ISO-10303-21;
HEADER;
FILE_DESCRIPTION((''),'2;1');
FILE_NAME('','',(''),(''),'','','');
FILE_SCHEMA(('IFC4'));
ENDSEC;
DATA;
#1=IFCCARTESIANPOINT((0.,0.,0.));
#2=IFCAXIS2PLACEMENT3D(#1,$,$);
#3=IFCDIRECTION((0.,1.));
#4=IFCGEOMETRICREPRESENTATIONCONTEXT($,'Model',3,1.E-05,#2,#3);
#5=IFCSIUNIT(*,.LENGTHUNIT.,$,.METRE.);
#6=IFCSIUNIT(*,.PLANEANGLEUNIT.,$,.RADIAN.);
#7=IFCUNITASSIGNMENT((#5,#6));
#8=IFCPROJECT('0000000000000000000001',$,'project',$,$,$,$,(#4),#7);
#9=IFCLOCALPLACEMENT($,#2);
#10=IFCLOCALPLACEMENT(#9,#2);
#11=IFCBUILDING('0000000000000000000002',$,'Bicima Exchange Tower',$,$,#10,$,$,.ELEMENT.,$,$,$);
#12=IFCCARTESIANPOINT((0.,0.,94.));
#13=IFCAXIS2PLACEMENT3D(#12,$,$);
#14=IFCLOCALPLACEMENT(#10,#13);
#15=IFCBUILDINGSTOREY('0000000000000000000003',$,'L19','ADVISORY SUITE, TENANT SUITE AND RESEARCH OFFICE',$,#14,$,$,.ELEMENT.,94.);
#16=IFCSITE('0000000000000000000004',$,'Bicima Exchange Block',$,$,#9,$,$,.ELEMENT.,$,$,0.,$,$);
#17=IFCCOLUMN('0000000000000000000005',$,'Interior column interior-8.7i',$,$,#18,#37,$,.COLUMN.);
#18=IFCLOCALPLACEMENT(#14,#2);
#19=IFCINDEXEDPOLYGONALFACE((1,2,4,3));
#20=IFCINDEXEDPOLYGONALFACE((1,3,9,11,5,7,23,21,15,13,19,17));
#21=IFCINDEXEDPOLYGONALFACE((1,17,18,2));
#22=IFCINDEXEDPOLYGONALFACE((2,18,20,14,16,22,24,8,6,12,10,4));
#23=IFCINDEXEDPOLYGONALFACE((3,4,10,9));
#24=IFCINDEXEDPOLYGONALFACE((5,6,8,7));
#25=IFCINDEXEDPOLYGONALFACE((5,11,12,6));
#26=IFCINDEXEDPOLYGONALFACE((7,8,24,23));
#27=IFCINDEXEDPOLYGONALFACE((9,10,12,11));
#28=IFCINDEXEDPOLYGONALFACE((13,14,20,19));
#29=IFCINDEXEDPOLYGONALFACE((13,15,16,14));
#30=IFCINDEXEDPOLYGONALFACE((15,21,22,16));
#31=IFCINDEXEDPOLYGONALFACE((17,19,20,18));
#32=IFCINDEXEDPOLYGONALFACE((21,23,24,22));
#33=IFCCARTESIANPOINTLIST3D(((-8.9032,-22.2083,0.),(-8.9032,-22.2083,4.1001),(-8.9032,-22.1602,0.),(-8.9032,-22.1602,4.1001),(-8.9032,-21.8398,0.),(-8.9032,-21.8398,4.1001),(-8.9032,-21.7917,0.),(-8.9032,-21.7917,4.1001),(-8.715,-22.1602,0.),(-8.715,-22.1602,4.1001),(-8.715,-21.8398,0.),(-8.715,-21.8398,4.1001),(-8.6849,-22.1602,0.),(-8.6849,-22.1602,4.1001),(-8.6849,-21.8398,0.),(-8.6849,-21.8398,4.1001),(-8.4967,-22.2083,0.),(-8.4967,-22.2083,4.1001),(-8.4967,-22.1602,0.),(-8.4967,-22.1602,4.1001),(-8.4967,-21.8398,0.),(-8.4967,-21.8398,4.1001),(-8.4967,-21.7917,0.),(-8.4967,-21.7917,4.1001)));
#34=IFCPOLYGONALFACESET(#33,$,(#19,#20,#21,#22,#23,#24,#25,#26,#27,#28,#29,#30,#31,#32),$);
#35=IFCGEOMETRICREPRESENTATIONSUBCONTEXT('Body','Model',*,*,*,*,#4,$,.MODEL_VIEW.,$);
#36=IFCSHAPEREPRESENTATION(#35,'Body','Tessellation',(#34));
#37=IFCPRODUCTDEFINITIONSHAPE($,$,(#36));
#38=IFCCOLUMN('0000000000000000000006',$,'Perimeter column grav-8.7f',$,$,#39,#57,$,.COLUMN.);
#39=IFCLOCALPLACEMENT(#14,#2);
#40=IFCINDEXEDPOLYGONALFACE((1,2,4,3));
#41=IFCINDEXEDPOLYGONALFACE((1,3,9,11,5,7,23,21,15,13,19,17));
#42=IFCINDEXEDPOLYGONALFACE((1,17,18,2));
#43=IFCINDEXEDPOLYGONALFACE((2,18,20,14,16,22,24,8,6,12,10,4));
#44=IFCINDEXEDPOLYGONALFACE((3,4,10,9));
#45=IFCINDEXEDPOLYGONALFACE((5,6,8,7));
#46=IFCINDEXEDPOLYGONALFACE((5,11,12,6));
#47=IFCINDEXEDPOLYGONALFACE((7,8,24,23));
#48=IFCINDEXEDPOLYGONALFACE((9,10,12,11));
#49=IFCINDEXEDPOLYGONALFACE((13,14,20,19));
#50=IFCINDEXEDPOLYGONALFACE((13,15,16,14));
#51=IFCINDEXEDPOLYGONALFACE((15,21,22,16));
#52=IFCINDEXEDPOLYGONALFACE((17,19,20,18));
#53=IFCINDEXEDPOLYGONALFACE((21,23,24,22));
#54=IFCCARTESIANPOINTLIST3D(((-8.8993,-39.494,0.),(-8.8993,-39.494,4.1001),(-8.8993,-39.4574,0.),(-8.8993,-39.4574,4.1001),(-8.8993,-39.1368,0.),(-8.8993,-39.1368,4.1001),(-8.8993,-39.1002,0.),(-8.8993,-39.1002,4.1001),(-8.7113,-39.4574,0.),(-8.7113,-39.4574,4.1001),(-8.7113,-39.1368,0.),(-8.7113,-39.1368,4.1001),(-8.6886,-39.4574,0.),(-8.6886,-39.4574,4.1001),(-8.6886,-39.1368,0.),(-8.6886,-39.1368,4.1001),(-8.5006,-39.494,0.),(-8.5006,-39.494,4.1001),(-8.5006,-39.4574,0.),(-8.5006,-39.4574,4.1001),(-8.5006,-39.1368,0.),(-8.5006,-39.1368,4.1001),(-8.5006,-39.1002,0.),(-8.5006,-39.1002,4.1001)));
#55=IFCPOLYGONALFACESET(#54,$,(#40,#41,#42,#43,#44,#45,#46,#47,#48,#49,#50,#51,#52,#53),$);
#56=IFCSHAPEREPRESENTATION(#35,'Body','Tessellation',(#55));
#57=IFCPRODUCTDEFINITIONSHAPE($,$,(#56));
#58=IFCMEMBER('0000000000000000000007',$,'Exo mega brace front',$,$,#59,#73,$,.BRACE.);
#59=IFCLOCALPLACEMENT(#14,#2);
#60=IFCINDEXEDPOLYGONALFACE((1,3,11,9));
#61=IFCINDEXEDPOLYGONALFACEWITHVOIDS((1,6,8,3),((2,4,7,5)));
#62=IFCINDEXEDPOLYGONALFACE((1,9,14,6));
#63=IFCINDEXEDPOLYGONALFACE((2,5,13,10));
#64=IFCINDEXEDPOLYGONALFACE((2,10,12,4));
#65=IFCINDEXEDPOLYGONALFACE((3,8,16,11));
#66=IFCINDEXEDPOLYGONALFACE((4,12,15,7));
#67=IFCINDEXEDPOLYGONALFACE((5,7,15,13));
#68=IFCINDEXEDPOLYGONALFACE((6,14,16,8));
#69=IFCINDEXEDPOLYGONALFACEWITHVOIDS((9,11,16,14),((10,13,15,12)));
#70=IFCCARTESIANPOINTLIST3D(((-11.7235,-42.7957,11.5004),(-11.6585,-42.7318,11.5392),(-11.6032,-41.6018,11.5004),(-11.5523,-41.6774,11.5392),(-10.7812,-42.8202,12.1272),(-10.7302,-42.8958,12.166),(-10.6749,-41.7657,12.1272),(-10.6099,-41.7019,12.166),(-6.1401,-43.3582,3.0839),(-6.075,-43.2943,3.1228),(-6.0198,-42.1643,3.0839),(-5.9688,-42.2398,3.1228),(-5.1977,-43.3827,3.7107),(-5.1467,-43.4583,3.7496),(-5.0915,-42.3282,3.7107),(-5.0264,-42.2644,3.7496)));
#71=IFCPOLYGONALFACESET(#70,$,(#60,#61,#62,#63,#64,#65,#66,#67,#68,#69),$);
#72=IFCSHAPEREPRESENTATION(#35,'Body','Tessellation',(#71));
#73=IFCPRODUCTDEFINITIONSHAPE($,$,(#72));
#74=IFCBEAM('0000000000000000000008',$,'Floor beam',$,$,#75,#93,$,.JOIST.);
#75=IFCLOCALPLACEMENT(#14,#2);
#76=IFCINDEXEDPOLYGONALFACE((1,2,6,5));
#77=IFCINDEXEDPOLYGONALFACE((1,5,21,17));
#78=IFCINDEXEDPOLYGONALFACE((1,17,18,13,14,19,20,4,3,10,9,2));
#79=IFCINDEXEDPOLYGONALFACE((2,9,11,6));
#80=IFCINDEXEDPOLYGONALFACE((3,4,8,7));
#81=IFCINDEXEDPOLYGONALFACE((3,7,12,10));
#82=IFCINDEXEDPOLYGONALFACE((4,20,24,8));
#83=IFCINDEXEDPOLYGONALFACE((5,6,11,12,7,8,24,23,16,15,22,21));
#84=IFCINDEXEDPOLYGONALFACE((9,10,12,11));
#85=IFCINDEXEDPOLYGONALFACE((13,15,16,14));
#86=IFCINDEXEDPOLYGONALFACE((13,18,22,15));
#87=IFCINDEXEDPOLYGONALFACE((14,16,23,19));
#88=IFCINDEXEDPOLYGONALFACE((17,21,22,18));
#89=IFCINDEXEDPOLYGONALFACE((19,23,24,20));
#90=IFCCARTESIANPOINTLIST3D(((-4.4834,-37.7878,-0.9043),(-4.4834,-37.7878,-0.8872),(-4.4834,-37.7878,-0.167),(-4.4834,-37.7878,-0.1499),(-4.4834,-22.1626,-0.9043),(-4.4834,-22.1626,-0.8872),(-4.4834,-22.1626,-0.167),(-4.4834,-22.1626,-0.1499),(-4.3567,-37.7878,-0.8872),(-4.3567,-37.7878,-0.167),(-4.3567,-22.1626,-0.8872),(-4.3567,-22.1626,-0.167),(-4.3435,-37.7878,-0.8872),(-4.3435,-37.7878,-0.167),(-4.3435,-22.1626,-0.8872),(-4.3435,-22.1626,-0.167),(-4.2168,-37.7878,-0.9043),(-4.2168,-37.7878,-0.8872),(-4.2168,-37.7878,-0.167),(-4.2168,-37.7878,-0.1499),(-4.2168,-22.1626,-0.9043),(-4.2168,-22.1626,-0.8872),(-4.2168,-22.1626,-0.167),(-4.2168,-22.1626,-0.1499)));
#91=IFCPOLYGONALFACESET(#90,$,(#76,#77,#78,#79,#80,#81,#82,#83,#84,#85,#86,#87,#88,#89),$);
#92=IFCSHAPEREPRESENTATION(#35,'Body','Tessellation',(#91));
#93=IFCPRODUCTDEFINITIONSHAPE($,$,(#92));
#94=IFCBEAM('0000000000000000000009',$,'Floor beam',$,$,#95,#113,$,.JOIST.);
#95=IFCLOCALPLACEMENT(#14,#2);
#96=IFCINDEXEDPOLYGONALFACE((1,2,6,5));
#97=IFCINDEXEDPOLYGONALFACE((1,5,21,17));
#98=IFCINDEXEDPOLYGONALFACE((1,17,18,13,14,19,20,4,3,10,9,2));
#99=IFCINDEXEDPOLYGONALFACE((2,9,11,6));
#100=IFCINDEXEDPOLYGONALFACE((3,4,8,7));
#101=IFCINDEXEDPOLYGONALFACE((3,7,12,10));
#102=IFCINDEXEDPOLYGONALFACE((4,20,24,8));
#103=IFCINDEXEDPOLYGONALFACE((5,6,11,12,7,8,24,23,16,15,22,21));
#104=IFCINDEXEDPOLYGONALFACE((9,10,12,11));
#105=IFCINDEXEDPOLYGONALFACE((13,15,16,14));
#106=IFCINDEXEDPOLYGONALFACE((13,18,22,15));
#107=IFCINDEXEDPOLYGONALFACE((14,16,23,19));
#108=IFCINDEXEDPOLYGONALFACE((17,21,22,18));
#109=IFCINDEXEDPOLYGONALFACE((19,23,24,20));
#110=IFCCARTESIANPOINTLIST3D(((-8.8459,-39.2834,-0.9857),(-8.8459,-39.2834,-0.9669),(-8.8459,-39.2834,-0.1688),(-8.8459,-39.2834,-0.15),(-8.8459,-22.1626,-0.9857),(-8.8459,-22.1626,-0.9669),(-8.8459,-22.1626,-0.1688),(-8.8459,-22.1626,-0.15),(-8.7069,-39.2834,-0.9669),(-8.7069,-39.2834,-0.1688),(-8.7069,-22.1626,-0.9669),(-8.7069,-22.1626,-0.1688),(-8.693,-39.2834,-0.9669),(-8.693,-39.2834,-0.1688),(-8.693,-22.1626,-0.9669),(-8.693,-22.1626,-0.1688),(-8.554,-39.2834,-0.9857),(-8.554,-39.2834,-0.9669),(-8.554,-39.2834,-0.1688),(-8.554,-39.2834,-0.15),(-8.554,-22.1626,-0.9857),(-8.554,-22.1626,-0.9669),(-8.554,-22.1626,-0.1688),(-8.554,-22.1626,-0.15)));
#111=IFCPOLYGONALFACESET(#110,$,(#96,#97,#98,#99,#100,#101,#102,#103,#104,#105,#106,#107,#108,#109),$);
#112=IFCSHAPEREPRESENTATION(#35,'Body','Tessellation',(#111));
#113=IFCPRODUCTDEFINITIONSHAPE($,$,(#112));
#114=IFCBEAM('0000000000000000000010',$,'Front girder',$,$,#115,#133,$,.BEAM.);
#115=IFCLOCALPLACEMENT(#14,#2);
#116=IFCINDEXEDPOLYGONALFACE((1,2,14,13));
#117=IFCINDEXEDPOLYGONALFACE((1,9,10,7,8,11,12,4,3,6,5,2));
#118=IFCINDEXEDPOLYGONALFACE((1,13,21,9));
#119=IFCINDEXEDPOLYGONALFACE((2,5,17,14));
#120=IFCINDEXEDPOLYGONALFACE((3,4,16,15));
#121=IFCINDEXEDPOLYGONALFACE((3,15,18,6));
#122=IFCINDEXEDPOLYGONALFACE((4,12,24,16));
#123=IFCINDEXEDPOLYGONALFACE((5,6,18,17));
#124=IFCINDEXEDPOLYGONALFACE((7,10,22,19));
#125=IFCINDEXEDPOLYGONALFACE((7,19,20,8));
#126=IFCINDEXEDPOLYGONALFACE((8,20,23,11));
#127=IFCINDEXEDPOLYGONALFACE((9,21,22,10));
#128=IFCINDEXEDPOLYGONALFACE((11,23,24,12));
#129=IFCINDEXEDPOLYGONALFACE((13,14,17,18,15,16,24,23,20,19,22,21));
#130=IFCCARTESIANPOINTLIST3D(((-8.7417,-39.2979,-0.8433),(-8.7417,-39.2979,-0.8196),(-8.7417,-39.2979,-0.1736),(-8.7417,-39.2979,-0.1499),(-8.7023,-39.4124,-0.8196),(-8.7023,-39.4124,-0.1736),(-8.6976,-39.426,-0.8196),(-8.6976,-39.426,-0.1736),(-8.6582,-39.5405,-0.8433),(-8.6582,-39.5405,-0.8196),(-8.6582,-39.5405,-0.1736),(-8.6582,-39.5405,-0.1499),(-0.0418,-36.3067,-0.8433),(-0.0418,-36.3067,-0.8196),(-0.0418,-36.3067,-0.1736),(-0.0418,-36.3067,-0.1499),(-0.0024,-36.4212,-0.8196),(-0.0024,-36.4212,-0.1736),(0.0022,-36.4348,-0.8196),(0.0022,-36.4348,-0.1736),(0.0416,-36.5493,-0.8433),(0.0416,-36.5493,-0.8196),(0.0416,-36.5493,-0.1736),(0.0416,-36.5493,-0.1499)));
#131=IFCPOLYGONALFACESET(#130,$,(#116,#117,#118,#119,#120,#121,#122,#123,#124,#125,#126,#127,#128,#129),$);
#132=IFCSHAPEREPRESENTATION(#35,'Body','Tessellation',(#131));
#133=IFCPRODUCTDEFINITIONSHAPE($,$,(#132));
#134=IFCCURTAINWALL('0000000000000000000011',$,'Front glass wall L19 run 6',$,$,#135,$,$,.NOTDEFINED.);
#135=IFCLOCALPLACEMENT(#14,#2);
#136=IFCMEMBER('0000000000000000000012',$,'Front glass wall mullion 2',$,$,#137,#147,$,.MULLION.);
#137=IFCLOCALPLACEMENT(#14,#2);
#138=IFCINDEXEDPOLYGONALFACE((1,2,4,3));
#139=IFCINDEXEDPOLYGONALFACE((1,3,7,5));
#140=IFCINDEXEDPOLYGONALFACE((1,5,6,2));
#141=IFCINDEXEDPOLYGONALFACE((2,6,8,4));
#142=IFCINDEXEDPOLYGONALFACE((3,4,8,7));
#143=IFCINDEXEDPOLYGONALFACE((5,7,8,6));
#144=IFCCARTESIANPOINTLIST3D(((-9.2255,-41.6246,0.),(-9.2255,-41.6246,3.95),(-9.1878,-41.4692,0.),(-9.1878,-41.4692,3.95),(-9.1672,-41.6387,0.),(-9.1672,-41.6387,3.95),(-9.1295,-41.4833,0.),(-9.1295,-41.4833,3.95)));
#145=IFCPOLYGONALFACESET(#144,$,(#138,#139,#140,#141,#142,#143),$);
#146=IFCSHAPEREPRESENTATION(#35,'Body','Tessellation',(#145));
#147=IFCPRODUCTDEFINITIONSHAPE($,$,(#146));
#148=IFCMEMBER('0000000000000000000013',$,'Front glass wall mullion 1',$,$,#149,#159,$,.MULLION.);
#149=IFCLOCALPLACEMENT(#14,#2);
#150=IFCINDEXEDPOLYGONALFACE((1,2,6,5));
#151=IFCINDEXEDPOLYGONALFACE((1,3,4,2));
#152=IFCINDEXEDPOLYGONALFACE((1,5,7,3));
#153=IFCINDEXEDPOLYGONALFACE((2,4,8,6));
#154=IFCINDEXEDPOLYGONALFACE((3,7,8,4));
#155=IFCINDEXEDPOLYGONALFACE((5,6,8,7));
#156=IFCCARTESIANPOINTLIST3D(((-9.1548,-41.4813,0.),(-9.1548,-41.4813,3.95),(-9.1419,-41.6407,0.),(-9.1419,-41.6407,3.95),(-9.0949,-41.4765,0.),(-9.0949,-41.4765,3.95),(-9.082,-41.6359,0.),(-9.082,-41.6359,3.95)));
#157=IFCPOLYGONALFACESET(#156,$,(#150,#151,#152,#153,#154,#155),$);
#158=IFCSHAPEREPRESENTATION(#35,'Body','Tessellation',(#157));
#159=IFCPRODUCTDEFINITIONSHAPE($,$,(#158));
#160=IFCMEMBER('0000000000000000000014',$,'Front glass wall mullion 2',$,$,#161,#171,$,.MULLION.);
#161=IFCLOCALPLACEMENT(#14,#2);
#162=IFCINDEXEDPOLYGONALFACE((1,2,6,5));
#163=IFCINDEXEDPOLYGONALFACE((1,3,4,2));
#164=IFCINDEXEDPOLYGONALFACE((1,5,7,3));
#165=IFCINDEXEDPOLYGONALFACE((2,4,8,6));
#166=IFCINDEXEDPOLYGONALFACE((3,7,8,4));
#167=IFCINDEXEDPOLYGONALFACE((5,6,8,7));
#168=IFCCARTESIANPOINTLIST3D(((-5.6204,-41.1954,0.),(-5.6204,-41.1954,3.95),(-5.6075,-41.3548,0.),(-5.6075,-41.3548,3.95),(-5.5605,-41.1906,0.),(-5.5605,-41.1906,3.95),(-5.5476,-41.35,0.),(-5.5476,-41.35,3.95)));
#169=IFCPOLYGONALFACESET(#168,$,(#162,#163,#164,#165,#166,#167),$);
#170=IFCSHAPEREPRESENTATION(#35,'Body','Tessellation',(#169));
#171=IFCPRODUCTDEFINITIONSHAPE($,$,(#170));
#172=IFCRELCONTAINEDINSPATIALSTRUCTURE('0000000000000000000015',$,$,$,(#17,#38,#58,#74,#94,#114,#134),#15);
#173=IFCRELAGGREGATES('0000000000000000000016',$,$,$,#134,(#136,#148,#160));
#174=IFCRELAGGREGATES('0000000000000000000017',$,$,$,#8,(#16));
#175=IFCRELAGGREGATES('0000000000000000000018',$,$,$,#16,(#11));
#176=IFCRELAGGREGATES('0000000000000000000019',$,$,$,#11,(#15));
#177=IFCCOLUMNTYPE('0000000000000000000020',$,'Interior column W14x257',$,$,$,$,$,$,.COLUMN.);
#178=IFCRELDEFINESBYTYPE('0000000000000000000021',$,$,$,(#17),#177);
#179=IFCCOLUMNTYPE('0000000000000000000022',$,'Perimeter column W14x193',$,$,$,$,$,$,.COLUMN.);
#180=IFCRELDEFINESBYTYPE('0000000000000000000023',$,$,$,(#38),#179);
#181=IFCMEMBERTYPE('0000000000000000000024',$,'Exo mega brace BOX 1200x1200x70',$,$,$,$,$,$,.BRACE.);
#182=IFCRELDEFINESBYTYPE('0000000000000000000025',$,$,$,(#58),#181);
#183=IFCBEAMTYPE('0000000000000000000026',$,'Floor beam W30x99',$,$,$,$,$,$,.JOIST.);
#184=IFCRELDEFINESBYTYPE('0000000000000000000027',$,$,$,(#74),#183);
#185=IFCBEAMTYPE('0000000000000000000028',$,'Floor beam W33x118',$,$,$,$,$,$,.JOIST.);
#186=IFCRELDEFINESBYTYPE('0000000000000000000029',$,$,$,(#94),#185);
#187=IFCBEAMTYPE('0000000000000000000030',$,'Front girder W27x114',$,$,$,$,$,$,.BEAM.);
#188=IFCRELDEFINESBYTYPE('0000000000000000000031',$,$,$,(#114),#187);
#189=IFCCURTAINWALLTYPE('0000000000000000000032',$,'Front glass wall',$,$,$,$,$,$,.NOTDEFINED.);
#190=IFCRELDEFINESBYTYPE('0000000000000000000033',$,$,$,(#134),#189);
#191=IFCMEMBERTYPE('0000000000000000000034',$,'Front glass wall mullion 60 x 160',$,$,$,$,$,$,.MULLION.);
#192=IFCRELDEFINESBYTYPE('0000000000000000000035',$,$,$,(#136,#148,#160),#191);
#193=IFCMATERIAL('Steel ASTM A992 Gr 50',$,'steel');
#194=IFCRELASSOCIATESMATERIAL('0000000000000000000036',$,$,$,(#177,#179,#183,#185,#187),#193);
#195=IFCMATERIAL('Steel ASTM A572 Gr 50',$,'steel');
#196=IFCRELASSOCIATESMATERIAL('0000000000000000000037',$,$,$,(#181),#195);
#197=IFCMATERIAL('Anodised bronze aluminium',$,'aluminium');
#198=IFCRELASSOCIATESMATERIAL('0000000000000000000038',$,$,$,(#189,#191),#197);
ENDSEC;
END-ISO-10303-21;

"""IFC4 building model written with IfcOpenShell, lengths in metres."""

from ifc_helpers import new_model, si_unit, direction, frame, origin, origin_2d, place, context, subcontext, project, spatial, rectangle, hollow_rectangle, i_section, extrude, material, material_profile, profile_set, type_object, element, aggregate, save


model = new_model("IFC4")

# Units and contexts
model_context = context("Model", 3, precision=1e-05, world=origin(), true_north=direction((0.0, 1.0)))
body_context = subcontext(model_context, "Body", "Model", "MODEL_VIEW")
ifc_project = project(units=[si_unit("LENGTHUNIT", "METRE"), si_unit("PLANEANGLEUNIT", "RADIAN")], contexts=[model_context])

# Site, building, storey
site_placement = place(None, origin())
site = spatial("IfcSite", under=ifc_project, at=site_placement, Name="Bicima Exchange Block", CompositionType="ELEMENT", RefElevation=0.0)
building_placement = place(site_placement, origin())
building = spatial("IfcBuilding", under=site, at=building_placement, Name="Bicima Exchange Tower", CompositionType="ELEMENT")
storey_placement = place(building_placement, frame((0.0, 0.0, 94.0)))
storey = spatial("IfcBuildingStorey", under=building, at=storey_placement, Name="L19", Description="ADVISORY SUITE, TENANT SUITE AND RESEARCH OFFICE", CompositionType="ELEMENT", Elevation=94.0)

# Columns
ifc_material_1 = material(Name="Steel ASTM A992 Gr 50", Category="steel")
ifc_material_profile_1 = material_profile(ifc_material_1, i_section(OverallWidth=0.4065, OverallDepth=0.4165, WebThickness=0.03, FlangeThickness=0.0481, at=origin_2d()))
ifc_profile_set_1 = profile_set([ifc_material_profile_1], Name="Steel ASTM A992 Gr 50")
column_type_1 = type_object("IfcColumnType", Name="Interior column W14x257", PredefinedType="COLUMN", material=ifc_profile_set_1)
column_1_placement = place(storey_placement, frame((-8.7, -22.0, 0.0), z_axis=(0.0, 0.0, 1.0), x_axis=(1.0, 0.0, 0.0)))
element("IfcColumn", 1, at=column_1_placement, inside=storey, type_object=column_type_1, Name="Interior column interior-8.7i", PredefinedType="COLUMN", context=body_context, shape_type="SweptSolid", body=[
    extrude(i_section(OverallWidth=0.4065, OverallDepth=0.4165, WebThickness=0.03, FlangeThickness=0.0481, at=origin_2d()), origin(), (0.0, 0.0, 1.0), 4.1001),
])
ifc_material_profile_2 = material_profile(ifc_material_1, i_section(OverallWidth=0.3987, OverallDepth=0.3938, WebThickness=0.0227, FlangeThickness=0.0366, at=origin_2d()))
ifc_profile_set_2 = profile_set([ifc_material_profile_2], Name="Steel ASTM A992 Gr 50")
column_type_2 = type_object("IfcColumnType", Name="Perimeter column W14x193", PredefinedType="COLUMN", material=ifc_profile_set_2)
column_2_placement = place(storey_placement, frame((-8.7, -39.2971, 0.0), z_axis=(0.0, 0.0, 1.0), x_axis=(1.0, 0.0, 0.0)))
element("IfcColumn", 2, at=column_2_placement, inside=storey, type_object=column_type_2, Name="Perimeter column grav-8.7f", PredefinedType="COLUMN", context=body_context, shape_type="SweptSolid", body=[
    extrude(i_section(OverallWidth=0.3987, OverallDepth=0.3938, WebThickness=0.0227, FlangeThickness=0.0366, at=origin_2d()), origin(), (0.0, 0.0, 1.0), 4.1001),
])

# Member
ifc_material_2 = material(Name="Steel ASTM A572 Gr 50", Category="steel")
ifc_material_profile_3 = material_profile(ifc_material_2, hollow_rectangle(XDim=1.2, YDim=1.2, WallThickness=0.0701, at=origin_2d()))
ifc_profile_set_3 = profile_set([ifc_material_profile_3], Name="Steel ASTM A572 Gr 50")
member_type_1 = type_object("IfcMemberType", Name="Exo mega brace BOX 1200x1200x70", PredefinedType="BRACE", material=ifc_profile_set_3)
member_1_placement = place(storey_placement, frame((-5.5833, -42.8113, 3.4167), z_axis=(-0.551958, 0.055606, 0.832016), x_axis=(-0.100236, -0.994964, 0.0)))
element("IfcMember", 3, at=member_1_placement, inside=storey, type_object=member_type_1, Name="Exo mega brace front", PredefinedType="BRACE", context=body_context, shape_type="SweptSolid", body=[
    extrude(hollow_rectangle(XDim=1.2, YDim=1.2, WallThickness=0.0701, at=origin_2d()), origin(), (0.0, 0.0, 1.0), 10.1157),
])

# Beams
ifc_material_profile_4 = material_profile(ifc_material_1, i_section(OverallWidth=0.2666, OverallDepth=0.7544, WebThickness=0.0132, FlangeThickness=0.0171, at=origin_2d()))
ifc_profile_set_4 = profile_set([ifc_material_profile_4], Name="Steel ASTM A992 Gr 50")
beam_type_1 = type_object("IfcBeamType", Name="Floor beam W30x99", PredefinedType="JOIST", material=ifc_profile_set_4)
beam_1_placement = place(storey_placement, frame((-4.3501, -22.1626, -0.5271), z_axis=(0.0, -1.0, 0.0), x_axis=(1.0, 0.0, 0.0)))
element("IfcBeam", 4, at=beam_1_placement, inside=storey, type_object=beam_type_1, Name="Floor beam", PredefinedType="JOIST", context=body_context, shape_type="SweptSolid", body=[
    extrude(i_section(OverallWidth=0.2666, OverallDepth=0.7544, WebThickness=0.0132, FlangeThickness=0.0171, at=origin_2d()), origin(), (0.0, 0.0, 1.0), 15.6252),
])
ifc_material_profile_5 = material_profile(ifc_material_1, i_section(OverallWidth=0.292, OverallDepth=0.8357, WebThickness=0.0139, FlangeThickness=0.0188, at=origin_2d()))
ifc_profile_set_5 = profile_set([ifc_material_profile_5], Name="Steel ASTM A992 Gr 50")
beam_type_2 = type_object("IfcBeamType", Name="Floor beam W33x118", PredefinedType="JOIST", material=ifc_profile_set_5)
beam_2_placement = place(storey_placement, frame((-8.7, -22.1626, -0.5679), z_axis=(0.0, -1.0, 0.0), x_axis=(1.0, 0.0, 0.0)))
element("IfcBeam", 5, at=beam_2_placement, inside=storey, type_object=beam_type_2, Name="Floor beam", PredefinedType="JOIST", context=body_context, shape_type="SweptSolid", body=[
    extrude(i_section(OverallWidth=0.292, OverallDepth=0.8357, WebThickness=0.0139, FlangeThickness=0.0188, at=origin_2d()), origin(), (0.0, 0.0, 1.0), 17.1208),
])
ifc_material_profile_6 = material_profile(ifc_material_1, i_section(OverallWidth=0.2566, OverallDepth=0.6934, WebThickness=0.0144, FlangeThickness=0.0237, at=origin_2d()))
ifc_profile_set_6 = profile_set([ifc_material_profile_6], Name="Steel ASTM A992 Gr 50")
beam_type_3 = type_object("IfcBeamType", Name="Front girder W27x114", PredefinedType="BEAM", material=ifc_profile_set_6)
beam_3_placement = place(storey_placement, frame((-8.7, -39.4192, -0.4966), z_axis=(0.945666, 0.325138, 0.0), x_axis=(-0.325138, 0.945666, 0.0)))
element("IfcBeam", 6, at=beam_3_placement, inside=storey, type_object=beam_type_3, Name="Front girder", PredefinedType="BEAM", context=body_context, shape_type="SweptSolid", body=[
    extrude(i_section(OverallWidth=0.2566, OverallDepth=0.6934, WebThickness=0.0144, FlangeThickness=0.0237, at=origin_2d()), origin(), (0.0, 0.0, 1.0), 9.1997),
])

# Curtain wall, members
ifc_material_3 = material(Name="Anodised bronze aluminium", Category="aluminium")
curtain_wall_type = type_object("IfcCurtainWallType", Name="Front glass wall", PredefinedType="NOTDEFINED", material=ifc_material_3)
curtain_wall_placement = place(storey_placement, origin())
curtain_wall = element("IfcCurtainWall", 7, at=curtain_wall_placement, inside=storey, type_object=curtain_wall_type, Name="Front glass wall L19 run 6", PredefinedType="NOTDEFINED")
ifc_material_profile_7 = material_profile(ifc_material_3, rectangle(XDim=0.1599, YDim=0.0601, at=origin_2d()))
ifc_profile_set_7 = profile_set([ifc_material_profile_7], Name="Anodised bronze aluminium")
member_type_2 = type_object("IfcMemberType", Name="Front glass wall mullion 60 x 160", PredefinedType="MULLION", material=ifc_profile_set_7)
member_2_placement = place(storey_placement, frame((-9.1775, -41.554, 0.0), z_axis=(0.0, 0.0, 1.0), x_axis=(0.235682, 0.97183, 0.0)))
member_2 = element("IfcMember", 8, at=member_2_placement, type_object=member_type_2, Name="Front glass wall mullion 2", PredefinedType="MULLION", context=body_context, shape_type="SweptSolid", body=[
    extrude(rectangle(XDim=0.1599, YDim=0.0601, at=origin_2d()), origin(), (0.0, 0.0, 1.0), 3.95),
])
member_3_placement = place(storey_placement, frame((-9.1184, -41.5586, 0.0), z_axis=(0.0, 0.0, 1.0), x_axis=(-0.080589, 0.996747, 0.0)))
member_3 = element("IfcMember", 9, at=member_3_placement, type_object=member_type_2, Name="Front glass wall mullion 1", PredefinedType="MULLION", context=body_context, shape_type="SweptSolid", body=[
    extrude(rectangle(XDim=0.1599, YDim=0.0601, at=origin_2d()), origin(), (0.0, 0.0, 1.0), 3.95),
])
member_4_placement = place(storey_placement, frame((-5.584, -41.2727, 0.0), z_axis=(0.0, 0.0, 1.0), x_axis=(-0.080589, 0.996747, 0.0)))
member_4 = element("IfcMember", 10, at=member_4_placement, type_object=member_type_2, Name="Front glass wall mullion 2", PredefinedType="MULLION", context=body_context, shape_type="SweptSolid", body=[
    extrude(rectangle(XDim=0.1599, YDim=0.0601, at=origin_2d()), origin(), (0.0, 0.0, 1.0), 3.95),
])

aggregate(curtain_wall, [member_2, member_3, member_4])

save(model, "model.ifc")
